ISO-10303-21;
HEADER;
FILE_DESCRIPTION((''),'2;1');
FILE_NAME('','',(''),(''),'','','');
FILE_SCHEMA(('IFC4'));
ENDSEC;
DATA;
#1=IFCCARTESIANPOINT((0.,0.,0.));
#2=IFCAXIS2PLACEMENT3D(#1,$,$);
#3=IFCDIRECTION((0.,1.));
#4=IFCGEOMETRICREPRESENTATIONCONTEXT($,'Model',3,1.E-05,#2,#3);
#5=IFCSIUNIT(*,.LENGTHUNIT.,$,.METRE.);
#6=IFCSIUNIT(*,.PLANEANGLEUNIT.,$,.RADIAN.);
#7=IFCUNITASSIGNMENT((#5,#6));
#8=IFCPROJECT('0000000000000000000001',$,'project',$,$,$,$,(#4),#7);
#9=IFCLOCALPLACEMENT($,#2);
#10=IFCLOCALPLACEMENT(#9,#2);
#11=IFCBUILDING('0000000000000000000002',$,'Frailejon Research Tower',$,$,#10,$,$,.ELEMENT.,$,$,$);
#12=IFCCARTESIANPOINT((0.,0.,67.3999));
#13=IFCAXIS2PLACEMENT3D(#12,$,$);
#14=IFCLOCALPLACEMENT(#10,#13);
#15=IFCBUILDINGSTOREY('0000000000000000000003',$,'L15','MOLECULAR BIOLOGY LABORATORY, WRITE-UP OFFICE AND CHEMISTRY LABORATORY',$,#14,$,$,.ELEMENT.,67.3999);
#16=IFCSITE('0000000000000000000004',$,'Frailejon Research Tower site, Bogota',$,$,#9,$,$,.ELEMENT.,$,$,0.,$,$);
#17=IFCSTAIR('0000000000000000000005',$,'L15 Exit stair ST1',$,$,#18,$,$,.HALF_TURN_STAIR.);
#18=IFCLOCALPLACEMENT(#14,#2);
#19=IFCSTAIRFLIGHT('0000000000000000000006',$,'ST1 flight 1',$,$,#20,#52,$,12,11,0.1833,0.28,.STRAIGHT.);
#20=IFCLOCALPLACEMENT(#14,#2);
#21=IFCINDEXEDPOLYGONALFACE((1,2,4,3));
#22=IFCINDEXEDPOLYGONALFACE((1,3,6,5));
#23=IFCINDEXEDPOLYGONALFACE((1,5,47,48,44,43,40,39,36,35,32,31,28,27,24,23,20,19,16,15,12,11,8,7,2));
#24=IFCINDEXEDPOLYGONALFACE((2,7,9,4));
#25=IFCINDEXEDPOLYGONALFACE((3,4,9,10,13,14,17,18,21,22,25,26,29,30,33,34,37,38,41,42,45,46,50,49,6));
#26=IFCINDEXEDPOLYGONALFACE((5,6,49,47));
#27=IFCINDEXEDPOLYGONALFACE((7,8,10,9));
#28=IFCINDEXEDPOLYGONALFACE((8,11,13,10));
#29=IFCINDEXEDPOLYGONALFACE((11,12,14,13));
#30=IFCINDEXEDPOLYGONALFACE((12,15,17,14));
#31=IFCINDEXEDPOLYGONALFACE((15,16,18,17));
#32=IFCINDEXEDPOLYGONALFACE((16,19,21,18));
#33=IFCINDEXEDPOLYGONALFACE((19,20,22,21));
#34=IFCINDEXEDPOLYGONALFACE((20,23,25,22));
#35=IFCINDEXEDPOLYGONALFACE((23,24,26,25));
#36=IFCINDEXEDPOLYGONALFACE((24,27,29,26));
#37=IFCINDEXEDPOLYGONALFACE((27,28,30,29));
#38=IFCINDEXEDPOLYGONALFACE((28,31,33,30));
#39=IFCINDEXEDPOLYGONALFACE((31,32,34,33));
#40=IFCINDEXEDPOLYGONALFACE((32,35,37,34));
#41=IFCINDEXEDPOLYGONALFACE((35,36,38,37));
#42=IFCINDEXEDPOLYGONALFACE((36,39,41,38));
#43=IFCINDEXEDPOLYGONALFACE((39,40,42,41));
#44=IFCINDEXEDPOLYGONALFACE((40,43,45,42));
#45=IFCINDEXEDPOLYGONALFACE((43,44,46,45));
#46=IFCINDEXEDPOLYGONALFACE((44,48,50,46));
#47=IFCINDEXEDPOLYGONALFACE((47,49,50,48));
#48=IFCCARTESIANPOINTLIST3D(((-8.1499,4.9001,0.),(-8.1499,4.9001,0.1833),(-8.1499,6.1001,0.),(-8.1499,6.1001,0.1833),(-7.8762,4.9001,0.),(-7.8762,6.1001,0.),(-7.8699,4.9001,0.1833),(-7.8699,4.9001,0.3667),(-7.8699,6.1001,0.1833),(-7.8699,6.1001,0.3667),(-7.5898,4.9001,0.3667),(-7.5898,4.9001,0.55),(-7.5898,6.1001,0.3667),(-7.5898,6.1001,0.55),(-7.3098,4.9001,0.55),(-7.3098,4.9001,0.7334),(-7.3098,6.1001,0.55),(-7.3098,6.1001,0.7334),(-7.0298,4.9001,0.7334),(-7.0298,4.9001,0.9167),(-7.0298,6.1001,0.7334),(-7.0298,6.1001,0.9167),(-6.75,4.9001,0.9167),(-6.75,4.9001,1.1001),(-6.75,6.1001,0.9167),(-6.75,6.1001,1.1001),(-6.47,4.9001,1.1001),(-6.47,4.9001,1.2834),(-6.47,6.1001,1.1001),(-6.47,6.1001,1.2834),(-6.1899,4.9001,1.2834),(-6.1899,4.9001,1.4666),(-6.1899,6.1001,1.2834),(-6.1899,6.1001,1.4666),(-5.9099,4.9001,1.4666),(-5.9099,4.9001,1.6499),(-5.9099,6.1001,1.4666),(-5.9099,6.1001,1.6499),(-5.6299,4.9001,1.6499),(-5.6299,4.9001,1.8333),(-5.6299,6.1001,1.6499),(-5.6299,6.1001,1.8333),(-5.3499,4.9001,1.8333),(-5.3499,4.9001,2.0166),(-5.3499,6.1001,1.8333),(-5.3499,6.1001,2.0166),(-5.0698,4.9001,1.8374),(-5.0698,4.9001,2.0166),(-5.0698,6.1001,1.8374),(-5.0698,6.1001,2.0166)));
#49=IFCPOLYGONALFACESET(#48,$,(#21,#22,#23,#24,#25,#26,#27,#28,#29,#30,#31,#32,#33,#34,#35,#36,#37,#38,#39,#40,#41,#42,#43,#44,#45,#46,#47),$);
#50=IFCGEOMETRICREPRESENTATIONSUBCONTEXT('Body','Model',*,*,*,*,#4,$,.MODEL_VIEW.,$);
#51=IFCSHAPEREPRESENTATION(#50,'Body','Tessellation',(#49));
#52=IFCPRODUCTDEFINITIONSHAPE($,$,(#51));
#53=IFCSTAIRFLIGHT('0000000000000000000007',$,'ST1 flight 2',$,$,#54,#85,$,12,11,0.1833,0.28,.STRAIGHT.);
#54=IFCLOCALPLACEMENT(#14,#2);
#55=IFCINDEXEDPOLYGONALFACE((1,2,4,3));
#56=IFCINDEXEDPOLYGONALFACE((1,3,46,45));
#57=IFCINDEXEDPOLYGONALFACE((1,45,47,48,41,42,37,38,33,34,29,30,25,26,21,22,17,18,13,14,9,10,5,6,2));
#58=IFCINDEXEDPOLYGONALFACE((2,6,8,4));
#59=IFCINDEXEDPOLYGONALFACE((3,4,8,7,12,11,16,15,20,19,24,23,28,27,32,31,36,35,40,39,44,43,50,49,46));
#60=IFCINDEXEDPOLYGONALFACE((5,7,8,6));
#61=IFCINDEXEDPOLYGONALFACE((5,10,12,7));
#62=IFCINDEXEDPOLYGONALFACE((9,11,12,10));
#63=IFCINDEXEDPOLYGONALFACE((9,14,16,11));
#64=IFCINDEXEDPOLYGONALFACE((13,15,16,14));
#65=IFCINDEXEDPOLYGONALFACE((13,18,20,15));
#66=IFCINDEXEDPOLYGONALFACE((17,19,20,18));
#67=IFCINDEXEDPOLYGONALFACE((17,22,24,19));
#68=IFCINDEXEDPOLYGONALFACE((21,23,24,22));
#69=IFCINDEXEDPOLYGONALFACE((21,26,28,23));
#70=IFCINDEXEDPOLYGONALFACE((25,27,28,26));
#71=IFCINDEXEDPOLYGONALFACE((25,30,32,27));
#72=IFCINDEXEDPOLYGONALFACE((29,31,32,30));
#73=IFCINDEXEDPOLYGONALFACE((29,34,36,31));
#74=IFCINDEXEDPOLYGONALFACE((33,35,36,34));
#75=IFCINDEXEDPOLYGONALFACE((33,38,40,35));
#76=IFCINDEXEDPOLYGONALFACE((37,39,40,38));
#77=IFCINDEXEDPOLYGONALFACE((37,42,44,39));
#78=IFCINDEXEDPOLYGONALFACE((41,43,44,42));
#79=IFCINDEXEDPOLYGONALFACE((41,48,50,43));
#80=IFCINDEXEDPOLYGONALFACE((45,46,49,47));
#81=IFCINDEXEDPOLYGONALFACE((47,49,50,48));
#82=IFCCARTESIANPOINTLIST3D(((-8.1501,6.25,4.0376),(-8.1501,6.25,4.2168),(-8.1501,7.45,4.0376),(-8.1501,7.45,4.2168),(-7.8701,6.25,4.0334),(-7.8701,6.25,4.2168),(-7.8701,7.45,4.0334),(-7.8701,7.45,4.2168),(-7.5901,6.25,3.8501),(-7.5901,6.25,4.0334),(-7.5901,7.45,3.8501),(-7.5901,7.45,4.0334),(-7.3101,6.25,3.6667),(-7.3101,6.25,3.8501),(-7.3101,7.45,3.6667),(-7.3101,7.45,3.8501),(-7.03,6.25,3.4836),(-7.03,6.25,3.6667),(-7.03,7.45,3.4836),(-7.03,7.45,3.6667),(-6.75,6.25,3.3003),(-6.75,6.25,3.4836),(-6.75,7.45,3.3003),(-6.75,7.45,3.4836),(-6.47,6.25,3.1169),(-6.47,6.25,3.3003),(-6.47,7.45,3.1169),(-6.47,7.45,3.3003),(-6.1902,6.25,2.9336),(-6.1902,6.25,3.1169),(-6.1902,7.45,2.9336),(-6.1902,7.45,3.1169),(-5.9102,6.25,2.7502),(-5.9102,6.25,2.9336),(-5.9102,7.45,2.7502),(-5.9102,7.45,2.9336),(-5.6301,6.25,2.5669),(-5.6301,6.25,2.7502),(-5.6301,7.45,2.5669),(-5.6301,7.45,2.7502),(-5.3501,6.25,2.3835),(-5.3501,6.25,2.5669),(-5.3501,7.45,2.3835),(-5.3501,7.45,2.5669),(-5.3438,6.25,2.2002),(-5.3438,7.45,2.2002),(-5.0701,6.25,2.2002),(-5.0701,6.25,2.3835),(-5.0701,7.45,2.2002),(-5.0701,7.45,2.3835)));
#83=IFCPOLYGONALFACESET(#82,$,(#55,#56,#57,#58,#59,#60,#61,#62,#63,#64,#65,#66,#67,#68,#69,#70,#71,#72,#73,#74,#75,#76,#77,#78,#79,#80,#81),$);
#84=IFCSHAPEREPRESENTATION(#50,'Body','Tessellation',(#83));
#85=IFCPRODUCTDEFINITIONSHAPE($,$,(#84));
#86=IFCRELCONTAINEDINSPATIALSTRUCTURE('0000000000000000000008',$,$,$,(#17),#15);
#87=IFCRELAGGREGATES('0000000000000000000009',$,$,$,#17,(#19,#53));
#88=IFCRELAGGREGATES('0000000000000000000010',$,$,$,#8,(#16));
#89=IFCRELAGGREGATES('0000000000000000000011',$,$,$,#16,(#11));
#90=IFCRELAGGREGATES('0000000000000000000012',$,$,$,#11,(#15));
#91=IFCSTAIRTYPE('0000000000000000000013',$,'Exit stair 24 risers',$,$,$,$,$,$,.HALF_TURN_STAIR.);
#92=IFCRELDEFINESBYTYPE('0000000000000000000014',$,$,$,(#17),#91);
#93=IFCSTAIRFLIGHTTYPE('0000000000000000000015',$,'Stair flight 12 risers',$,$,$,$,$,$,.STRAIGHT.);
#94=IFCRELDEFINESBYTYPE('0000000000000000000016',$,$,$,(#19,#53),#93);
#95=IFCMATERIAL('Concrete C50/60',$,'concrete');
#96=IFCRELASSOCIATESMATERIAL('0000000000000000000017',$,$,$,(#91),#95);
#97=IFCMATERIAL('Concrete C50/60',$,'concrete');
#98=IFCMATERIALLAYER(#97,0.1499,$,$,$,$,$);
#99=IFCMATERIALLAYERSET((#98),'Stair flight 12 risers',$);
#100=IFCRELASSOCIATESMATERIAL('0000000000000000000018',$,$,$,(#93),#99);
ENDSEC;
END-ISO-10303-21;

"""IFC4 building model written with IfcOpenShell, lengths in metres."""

from ifc_helpers import new_model, si_unit, direction, frame, origin, place, context, subcontext, project, spatial, polyline, outline, extrude, material, layer, layer_set, type_object, element, aggregate, save


model = new_model("IFC4")

# Units and contexts
model_context = context("Model", 3, precision=1e-05, world=origin(), true_north=direction((0.0, 1.0)))
body_context = subcontext(model_context, "Body", "Model", "MODEL_VIEW")
ifc_project = project(units=[si_unit("LENGTHUNIT", "METRE"), si_unit("PLANEANGLEUNIT", "RADIAN")], contexts=[model_context])

# Site, building, storey
site_placement = place(None, origin())
site = spatial("IfcSite", under=ifc_project, at=site_placement, Name="Frailejon Research Tower site, Bogota", CompositionType="ELEMENT", RefElevation=0.0)
building_placement = place(site_placement, origin())
building = spatial("IfcBuilding", under=site, at=building_placement, Name="Frailejon Research Tower", CompositionType="ELEMENT")
storey_placement = place(building_placement, frame((0.0, 0.0, 67.3999)))
storey = spatial("IfcBuildingStorey", under=building, at=storey_placement, Name="L15", Description="MOLECULAR BIOLOGY LABORATORY, WRITE-UP OFFICE AND CHEMISTRY LABORATORY", CompositionType="ELEMENT", Elevation=67.3999)

# Stair, stair flights
ifc_material_1 = material(Name="Concrete C50/60", Category="concrete")
stair_type = type_object("IfcStairType", Name="Exit stair 24 risers", PredefinedType="HALF_TURN_STAIR", material=ifc_material_1)
stair_placement = place(storey_placement, origin())
stair = element("IfcStair", 1, at=stair_placement, inside=storey, type_object=stair_type, Name="L15 Exit stair ST1", PredefinedType="HALF_TURN_STAIR")
ifc_material_2 = material(Name="Concrete C50/60", Category="concrete")
ifc_layer_1 = layer(ifc_material_2, 0.1499)
ifc_layer_set_1 = layer_set([ifc_layer_1], Name="Stair flight 12 risers")
stair_flight_type = type_object("IfcStairFlightType", Name="Stair flight 12 risers", PredefinedType="STRAIGHT", material=ifc_layer_set_1)
stair_flight_1_placement = place(storey_placement, frame((-8.1499, 5.5, 0.0), z_axis=(0.0, 0.0, 1.0), x_axis=(1.0, 0.0, 0.0)))
stair_flight_1 = element("IfcStairFlight", 2, at=stair_flight_1_placement, type_object=stair_flight_type, Name="ST1 flight 1", NumberOfRisers=12, NumberOfTreads=11, PredefinedType="STRAIGHT", RiserHeight=0.1833, TreadLength=0.28, context=body_context, shape_type="SweptSolid", body=[
    extrude(outline(polyline([(0.0, 0.0), (0.0, 0.1833), (0.28, 0.1833), (0.28, 0.3667), (0.5601, 0.3667), (0.5601, 0.55), (0.8401, 0.55), (0.8401, 0.7334), (1.1201, 0.7334), (1.1201, 0.9167), (1.3999, 0.9167), (1.3999, 1.1001), (1.6799, 1.1001), (1.6799, 1.2834), (1.96, 1.2834), (1.96, 1.4666), (2.24, 1.4666), (2.24, 1.6499), (2.52, 1.6499), (2.52, 1.8333), (2.8, 1.8333), (2.8, 2.0166), (3.0801, 2.0166), (3.0801, 2.2), (3.0801, 1.8374), (0.2737, 0.0), (0.0, 0.0)])), frame((0.0, 0.6001, 0.0), z_axis=(0.0, -1.0, 0.0), x_axis=(1.0, 0.0, 0.0)), (0.0, 0.0, 1.0), 1.2),
])
stair_flight_2_placement = place(storey_placement, frame((-5.0701, 6.8501, 2.2002), z_axis=(0.0, 0.0, 1.0), x_axis=(-1.0, 0.0, 0.0)))
stair_flight_2 = element("IfcStairFlight", 3, at=stair_flight_2_placement, type_object=stair_flight_type, Name="ST1 flight 2", NumberOfRisers=12, NumberOfTreads=11, PredefinedType="STRAIGHT", RiserHeight=0.1833, TreadLength=0.28, context=body_context, shape_type="SweptSolid", body=[
    extrude(outline(polyline([(0.0, 0.0), (0.0, 0.1833), (0.28, 0.1833), (0.28, 0.3667), (0.5601, 0.3667), (0.5601, 0.55), (0.8401, 0.55), (0.8401, 0.7334), (1.1201, 0.7334), (1.1201, 0.9167), (1.3999, 0.9167), (1.3999, 1.1001), (1.6799, 1.1001), (1.6799, 1.2834), (1.96, 1.2834), (1.96, 1.4666), (2.24, 1.4666), (2.24, 1.6499), (2.52, 1.6499), (2.52, 1.8333), (2.8, 1.8333), (2.8, 2.0166), (3.0801, 2.0166), (3.0801, 2.2), (3.0801, 1.8374), (0.2737, 0.0), (0.0, 0.0)])), frame((0.0, 0.6001, 0.0), z_axis=(0.0, -1.0, 0.0), x_axis=(1.0, 0.0, 0.0)), (0.0, 0.0, 1.0), 1.2),
])
aggregate(stair, [stair_flight_1, stair_flight_2])

save(model, "model.ifc")
